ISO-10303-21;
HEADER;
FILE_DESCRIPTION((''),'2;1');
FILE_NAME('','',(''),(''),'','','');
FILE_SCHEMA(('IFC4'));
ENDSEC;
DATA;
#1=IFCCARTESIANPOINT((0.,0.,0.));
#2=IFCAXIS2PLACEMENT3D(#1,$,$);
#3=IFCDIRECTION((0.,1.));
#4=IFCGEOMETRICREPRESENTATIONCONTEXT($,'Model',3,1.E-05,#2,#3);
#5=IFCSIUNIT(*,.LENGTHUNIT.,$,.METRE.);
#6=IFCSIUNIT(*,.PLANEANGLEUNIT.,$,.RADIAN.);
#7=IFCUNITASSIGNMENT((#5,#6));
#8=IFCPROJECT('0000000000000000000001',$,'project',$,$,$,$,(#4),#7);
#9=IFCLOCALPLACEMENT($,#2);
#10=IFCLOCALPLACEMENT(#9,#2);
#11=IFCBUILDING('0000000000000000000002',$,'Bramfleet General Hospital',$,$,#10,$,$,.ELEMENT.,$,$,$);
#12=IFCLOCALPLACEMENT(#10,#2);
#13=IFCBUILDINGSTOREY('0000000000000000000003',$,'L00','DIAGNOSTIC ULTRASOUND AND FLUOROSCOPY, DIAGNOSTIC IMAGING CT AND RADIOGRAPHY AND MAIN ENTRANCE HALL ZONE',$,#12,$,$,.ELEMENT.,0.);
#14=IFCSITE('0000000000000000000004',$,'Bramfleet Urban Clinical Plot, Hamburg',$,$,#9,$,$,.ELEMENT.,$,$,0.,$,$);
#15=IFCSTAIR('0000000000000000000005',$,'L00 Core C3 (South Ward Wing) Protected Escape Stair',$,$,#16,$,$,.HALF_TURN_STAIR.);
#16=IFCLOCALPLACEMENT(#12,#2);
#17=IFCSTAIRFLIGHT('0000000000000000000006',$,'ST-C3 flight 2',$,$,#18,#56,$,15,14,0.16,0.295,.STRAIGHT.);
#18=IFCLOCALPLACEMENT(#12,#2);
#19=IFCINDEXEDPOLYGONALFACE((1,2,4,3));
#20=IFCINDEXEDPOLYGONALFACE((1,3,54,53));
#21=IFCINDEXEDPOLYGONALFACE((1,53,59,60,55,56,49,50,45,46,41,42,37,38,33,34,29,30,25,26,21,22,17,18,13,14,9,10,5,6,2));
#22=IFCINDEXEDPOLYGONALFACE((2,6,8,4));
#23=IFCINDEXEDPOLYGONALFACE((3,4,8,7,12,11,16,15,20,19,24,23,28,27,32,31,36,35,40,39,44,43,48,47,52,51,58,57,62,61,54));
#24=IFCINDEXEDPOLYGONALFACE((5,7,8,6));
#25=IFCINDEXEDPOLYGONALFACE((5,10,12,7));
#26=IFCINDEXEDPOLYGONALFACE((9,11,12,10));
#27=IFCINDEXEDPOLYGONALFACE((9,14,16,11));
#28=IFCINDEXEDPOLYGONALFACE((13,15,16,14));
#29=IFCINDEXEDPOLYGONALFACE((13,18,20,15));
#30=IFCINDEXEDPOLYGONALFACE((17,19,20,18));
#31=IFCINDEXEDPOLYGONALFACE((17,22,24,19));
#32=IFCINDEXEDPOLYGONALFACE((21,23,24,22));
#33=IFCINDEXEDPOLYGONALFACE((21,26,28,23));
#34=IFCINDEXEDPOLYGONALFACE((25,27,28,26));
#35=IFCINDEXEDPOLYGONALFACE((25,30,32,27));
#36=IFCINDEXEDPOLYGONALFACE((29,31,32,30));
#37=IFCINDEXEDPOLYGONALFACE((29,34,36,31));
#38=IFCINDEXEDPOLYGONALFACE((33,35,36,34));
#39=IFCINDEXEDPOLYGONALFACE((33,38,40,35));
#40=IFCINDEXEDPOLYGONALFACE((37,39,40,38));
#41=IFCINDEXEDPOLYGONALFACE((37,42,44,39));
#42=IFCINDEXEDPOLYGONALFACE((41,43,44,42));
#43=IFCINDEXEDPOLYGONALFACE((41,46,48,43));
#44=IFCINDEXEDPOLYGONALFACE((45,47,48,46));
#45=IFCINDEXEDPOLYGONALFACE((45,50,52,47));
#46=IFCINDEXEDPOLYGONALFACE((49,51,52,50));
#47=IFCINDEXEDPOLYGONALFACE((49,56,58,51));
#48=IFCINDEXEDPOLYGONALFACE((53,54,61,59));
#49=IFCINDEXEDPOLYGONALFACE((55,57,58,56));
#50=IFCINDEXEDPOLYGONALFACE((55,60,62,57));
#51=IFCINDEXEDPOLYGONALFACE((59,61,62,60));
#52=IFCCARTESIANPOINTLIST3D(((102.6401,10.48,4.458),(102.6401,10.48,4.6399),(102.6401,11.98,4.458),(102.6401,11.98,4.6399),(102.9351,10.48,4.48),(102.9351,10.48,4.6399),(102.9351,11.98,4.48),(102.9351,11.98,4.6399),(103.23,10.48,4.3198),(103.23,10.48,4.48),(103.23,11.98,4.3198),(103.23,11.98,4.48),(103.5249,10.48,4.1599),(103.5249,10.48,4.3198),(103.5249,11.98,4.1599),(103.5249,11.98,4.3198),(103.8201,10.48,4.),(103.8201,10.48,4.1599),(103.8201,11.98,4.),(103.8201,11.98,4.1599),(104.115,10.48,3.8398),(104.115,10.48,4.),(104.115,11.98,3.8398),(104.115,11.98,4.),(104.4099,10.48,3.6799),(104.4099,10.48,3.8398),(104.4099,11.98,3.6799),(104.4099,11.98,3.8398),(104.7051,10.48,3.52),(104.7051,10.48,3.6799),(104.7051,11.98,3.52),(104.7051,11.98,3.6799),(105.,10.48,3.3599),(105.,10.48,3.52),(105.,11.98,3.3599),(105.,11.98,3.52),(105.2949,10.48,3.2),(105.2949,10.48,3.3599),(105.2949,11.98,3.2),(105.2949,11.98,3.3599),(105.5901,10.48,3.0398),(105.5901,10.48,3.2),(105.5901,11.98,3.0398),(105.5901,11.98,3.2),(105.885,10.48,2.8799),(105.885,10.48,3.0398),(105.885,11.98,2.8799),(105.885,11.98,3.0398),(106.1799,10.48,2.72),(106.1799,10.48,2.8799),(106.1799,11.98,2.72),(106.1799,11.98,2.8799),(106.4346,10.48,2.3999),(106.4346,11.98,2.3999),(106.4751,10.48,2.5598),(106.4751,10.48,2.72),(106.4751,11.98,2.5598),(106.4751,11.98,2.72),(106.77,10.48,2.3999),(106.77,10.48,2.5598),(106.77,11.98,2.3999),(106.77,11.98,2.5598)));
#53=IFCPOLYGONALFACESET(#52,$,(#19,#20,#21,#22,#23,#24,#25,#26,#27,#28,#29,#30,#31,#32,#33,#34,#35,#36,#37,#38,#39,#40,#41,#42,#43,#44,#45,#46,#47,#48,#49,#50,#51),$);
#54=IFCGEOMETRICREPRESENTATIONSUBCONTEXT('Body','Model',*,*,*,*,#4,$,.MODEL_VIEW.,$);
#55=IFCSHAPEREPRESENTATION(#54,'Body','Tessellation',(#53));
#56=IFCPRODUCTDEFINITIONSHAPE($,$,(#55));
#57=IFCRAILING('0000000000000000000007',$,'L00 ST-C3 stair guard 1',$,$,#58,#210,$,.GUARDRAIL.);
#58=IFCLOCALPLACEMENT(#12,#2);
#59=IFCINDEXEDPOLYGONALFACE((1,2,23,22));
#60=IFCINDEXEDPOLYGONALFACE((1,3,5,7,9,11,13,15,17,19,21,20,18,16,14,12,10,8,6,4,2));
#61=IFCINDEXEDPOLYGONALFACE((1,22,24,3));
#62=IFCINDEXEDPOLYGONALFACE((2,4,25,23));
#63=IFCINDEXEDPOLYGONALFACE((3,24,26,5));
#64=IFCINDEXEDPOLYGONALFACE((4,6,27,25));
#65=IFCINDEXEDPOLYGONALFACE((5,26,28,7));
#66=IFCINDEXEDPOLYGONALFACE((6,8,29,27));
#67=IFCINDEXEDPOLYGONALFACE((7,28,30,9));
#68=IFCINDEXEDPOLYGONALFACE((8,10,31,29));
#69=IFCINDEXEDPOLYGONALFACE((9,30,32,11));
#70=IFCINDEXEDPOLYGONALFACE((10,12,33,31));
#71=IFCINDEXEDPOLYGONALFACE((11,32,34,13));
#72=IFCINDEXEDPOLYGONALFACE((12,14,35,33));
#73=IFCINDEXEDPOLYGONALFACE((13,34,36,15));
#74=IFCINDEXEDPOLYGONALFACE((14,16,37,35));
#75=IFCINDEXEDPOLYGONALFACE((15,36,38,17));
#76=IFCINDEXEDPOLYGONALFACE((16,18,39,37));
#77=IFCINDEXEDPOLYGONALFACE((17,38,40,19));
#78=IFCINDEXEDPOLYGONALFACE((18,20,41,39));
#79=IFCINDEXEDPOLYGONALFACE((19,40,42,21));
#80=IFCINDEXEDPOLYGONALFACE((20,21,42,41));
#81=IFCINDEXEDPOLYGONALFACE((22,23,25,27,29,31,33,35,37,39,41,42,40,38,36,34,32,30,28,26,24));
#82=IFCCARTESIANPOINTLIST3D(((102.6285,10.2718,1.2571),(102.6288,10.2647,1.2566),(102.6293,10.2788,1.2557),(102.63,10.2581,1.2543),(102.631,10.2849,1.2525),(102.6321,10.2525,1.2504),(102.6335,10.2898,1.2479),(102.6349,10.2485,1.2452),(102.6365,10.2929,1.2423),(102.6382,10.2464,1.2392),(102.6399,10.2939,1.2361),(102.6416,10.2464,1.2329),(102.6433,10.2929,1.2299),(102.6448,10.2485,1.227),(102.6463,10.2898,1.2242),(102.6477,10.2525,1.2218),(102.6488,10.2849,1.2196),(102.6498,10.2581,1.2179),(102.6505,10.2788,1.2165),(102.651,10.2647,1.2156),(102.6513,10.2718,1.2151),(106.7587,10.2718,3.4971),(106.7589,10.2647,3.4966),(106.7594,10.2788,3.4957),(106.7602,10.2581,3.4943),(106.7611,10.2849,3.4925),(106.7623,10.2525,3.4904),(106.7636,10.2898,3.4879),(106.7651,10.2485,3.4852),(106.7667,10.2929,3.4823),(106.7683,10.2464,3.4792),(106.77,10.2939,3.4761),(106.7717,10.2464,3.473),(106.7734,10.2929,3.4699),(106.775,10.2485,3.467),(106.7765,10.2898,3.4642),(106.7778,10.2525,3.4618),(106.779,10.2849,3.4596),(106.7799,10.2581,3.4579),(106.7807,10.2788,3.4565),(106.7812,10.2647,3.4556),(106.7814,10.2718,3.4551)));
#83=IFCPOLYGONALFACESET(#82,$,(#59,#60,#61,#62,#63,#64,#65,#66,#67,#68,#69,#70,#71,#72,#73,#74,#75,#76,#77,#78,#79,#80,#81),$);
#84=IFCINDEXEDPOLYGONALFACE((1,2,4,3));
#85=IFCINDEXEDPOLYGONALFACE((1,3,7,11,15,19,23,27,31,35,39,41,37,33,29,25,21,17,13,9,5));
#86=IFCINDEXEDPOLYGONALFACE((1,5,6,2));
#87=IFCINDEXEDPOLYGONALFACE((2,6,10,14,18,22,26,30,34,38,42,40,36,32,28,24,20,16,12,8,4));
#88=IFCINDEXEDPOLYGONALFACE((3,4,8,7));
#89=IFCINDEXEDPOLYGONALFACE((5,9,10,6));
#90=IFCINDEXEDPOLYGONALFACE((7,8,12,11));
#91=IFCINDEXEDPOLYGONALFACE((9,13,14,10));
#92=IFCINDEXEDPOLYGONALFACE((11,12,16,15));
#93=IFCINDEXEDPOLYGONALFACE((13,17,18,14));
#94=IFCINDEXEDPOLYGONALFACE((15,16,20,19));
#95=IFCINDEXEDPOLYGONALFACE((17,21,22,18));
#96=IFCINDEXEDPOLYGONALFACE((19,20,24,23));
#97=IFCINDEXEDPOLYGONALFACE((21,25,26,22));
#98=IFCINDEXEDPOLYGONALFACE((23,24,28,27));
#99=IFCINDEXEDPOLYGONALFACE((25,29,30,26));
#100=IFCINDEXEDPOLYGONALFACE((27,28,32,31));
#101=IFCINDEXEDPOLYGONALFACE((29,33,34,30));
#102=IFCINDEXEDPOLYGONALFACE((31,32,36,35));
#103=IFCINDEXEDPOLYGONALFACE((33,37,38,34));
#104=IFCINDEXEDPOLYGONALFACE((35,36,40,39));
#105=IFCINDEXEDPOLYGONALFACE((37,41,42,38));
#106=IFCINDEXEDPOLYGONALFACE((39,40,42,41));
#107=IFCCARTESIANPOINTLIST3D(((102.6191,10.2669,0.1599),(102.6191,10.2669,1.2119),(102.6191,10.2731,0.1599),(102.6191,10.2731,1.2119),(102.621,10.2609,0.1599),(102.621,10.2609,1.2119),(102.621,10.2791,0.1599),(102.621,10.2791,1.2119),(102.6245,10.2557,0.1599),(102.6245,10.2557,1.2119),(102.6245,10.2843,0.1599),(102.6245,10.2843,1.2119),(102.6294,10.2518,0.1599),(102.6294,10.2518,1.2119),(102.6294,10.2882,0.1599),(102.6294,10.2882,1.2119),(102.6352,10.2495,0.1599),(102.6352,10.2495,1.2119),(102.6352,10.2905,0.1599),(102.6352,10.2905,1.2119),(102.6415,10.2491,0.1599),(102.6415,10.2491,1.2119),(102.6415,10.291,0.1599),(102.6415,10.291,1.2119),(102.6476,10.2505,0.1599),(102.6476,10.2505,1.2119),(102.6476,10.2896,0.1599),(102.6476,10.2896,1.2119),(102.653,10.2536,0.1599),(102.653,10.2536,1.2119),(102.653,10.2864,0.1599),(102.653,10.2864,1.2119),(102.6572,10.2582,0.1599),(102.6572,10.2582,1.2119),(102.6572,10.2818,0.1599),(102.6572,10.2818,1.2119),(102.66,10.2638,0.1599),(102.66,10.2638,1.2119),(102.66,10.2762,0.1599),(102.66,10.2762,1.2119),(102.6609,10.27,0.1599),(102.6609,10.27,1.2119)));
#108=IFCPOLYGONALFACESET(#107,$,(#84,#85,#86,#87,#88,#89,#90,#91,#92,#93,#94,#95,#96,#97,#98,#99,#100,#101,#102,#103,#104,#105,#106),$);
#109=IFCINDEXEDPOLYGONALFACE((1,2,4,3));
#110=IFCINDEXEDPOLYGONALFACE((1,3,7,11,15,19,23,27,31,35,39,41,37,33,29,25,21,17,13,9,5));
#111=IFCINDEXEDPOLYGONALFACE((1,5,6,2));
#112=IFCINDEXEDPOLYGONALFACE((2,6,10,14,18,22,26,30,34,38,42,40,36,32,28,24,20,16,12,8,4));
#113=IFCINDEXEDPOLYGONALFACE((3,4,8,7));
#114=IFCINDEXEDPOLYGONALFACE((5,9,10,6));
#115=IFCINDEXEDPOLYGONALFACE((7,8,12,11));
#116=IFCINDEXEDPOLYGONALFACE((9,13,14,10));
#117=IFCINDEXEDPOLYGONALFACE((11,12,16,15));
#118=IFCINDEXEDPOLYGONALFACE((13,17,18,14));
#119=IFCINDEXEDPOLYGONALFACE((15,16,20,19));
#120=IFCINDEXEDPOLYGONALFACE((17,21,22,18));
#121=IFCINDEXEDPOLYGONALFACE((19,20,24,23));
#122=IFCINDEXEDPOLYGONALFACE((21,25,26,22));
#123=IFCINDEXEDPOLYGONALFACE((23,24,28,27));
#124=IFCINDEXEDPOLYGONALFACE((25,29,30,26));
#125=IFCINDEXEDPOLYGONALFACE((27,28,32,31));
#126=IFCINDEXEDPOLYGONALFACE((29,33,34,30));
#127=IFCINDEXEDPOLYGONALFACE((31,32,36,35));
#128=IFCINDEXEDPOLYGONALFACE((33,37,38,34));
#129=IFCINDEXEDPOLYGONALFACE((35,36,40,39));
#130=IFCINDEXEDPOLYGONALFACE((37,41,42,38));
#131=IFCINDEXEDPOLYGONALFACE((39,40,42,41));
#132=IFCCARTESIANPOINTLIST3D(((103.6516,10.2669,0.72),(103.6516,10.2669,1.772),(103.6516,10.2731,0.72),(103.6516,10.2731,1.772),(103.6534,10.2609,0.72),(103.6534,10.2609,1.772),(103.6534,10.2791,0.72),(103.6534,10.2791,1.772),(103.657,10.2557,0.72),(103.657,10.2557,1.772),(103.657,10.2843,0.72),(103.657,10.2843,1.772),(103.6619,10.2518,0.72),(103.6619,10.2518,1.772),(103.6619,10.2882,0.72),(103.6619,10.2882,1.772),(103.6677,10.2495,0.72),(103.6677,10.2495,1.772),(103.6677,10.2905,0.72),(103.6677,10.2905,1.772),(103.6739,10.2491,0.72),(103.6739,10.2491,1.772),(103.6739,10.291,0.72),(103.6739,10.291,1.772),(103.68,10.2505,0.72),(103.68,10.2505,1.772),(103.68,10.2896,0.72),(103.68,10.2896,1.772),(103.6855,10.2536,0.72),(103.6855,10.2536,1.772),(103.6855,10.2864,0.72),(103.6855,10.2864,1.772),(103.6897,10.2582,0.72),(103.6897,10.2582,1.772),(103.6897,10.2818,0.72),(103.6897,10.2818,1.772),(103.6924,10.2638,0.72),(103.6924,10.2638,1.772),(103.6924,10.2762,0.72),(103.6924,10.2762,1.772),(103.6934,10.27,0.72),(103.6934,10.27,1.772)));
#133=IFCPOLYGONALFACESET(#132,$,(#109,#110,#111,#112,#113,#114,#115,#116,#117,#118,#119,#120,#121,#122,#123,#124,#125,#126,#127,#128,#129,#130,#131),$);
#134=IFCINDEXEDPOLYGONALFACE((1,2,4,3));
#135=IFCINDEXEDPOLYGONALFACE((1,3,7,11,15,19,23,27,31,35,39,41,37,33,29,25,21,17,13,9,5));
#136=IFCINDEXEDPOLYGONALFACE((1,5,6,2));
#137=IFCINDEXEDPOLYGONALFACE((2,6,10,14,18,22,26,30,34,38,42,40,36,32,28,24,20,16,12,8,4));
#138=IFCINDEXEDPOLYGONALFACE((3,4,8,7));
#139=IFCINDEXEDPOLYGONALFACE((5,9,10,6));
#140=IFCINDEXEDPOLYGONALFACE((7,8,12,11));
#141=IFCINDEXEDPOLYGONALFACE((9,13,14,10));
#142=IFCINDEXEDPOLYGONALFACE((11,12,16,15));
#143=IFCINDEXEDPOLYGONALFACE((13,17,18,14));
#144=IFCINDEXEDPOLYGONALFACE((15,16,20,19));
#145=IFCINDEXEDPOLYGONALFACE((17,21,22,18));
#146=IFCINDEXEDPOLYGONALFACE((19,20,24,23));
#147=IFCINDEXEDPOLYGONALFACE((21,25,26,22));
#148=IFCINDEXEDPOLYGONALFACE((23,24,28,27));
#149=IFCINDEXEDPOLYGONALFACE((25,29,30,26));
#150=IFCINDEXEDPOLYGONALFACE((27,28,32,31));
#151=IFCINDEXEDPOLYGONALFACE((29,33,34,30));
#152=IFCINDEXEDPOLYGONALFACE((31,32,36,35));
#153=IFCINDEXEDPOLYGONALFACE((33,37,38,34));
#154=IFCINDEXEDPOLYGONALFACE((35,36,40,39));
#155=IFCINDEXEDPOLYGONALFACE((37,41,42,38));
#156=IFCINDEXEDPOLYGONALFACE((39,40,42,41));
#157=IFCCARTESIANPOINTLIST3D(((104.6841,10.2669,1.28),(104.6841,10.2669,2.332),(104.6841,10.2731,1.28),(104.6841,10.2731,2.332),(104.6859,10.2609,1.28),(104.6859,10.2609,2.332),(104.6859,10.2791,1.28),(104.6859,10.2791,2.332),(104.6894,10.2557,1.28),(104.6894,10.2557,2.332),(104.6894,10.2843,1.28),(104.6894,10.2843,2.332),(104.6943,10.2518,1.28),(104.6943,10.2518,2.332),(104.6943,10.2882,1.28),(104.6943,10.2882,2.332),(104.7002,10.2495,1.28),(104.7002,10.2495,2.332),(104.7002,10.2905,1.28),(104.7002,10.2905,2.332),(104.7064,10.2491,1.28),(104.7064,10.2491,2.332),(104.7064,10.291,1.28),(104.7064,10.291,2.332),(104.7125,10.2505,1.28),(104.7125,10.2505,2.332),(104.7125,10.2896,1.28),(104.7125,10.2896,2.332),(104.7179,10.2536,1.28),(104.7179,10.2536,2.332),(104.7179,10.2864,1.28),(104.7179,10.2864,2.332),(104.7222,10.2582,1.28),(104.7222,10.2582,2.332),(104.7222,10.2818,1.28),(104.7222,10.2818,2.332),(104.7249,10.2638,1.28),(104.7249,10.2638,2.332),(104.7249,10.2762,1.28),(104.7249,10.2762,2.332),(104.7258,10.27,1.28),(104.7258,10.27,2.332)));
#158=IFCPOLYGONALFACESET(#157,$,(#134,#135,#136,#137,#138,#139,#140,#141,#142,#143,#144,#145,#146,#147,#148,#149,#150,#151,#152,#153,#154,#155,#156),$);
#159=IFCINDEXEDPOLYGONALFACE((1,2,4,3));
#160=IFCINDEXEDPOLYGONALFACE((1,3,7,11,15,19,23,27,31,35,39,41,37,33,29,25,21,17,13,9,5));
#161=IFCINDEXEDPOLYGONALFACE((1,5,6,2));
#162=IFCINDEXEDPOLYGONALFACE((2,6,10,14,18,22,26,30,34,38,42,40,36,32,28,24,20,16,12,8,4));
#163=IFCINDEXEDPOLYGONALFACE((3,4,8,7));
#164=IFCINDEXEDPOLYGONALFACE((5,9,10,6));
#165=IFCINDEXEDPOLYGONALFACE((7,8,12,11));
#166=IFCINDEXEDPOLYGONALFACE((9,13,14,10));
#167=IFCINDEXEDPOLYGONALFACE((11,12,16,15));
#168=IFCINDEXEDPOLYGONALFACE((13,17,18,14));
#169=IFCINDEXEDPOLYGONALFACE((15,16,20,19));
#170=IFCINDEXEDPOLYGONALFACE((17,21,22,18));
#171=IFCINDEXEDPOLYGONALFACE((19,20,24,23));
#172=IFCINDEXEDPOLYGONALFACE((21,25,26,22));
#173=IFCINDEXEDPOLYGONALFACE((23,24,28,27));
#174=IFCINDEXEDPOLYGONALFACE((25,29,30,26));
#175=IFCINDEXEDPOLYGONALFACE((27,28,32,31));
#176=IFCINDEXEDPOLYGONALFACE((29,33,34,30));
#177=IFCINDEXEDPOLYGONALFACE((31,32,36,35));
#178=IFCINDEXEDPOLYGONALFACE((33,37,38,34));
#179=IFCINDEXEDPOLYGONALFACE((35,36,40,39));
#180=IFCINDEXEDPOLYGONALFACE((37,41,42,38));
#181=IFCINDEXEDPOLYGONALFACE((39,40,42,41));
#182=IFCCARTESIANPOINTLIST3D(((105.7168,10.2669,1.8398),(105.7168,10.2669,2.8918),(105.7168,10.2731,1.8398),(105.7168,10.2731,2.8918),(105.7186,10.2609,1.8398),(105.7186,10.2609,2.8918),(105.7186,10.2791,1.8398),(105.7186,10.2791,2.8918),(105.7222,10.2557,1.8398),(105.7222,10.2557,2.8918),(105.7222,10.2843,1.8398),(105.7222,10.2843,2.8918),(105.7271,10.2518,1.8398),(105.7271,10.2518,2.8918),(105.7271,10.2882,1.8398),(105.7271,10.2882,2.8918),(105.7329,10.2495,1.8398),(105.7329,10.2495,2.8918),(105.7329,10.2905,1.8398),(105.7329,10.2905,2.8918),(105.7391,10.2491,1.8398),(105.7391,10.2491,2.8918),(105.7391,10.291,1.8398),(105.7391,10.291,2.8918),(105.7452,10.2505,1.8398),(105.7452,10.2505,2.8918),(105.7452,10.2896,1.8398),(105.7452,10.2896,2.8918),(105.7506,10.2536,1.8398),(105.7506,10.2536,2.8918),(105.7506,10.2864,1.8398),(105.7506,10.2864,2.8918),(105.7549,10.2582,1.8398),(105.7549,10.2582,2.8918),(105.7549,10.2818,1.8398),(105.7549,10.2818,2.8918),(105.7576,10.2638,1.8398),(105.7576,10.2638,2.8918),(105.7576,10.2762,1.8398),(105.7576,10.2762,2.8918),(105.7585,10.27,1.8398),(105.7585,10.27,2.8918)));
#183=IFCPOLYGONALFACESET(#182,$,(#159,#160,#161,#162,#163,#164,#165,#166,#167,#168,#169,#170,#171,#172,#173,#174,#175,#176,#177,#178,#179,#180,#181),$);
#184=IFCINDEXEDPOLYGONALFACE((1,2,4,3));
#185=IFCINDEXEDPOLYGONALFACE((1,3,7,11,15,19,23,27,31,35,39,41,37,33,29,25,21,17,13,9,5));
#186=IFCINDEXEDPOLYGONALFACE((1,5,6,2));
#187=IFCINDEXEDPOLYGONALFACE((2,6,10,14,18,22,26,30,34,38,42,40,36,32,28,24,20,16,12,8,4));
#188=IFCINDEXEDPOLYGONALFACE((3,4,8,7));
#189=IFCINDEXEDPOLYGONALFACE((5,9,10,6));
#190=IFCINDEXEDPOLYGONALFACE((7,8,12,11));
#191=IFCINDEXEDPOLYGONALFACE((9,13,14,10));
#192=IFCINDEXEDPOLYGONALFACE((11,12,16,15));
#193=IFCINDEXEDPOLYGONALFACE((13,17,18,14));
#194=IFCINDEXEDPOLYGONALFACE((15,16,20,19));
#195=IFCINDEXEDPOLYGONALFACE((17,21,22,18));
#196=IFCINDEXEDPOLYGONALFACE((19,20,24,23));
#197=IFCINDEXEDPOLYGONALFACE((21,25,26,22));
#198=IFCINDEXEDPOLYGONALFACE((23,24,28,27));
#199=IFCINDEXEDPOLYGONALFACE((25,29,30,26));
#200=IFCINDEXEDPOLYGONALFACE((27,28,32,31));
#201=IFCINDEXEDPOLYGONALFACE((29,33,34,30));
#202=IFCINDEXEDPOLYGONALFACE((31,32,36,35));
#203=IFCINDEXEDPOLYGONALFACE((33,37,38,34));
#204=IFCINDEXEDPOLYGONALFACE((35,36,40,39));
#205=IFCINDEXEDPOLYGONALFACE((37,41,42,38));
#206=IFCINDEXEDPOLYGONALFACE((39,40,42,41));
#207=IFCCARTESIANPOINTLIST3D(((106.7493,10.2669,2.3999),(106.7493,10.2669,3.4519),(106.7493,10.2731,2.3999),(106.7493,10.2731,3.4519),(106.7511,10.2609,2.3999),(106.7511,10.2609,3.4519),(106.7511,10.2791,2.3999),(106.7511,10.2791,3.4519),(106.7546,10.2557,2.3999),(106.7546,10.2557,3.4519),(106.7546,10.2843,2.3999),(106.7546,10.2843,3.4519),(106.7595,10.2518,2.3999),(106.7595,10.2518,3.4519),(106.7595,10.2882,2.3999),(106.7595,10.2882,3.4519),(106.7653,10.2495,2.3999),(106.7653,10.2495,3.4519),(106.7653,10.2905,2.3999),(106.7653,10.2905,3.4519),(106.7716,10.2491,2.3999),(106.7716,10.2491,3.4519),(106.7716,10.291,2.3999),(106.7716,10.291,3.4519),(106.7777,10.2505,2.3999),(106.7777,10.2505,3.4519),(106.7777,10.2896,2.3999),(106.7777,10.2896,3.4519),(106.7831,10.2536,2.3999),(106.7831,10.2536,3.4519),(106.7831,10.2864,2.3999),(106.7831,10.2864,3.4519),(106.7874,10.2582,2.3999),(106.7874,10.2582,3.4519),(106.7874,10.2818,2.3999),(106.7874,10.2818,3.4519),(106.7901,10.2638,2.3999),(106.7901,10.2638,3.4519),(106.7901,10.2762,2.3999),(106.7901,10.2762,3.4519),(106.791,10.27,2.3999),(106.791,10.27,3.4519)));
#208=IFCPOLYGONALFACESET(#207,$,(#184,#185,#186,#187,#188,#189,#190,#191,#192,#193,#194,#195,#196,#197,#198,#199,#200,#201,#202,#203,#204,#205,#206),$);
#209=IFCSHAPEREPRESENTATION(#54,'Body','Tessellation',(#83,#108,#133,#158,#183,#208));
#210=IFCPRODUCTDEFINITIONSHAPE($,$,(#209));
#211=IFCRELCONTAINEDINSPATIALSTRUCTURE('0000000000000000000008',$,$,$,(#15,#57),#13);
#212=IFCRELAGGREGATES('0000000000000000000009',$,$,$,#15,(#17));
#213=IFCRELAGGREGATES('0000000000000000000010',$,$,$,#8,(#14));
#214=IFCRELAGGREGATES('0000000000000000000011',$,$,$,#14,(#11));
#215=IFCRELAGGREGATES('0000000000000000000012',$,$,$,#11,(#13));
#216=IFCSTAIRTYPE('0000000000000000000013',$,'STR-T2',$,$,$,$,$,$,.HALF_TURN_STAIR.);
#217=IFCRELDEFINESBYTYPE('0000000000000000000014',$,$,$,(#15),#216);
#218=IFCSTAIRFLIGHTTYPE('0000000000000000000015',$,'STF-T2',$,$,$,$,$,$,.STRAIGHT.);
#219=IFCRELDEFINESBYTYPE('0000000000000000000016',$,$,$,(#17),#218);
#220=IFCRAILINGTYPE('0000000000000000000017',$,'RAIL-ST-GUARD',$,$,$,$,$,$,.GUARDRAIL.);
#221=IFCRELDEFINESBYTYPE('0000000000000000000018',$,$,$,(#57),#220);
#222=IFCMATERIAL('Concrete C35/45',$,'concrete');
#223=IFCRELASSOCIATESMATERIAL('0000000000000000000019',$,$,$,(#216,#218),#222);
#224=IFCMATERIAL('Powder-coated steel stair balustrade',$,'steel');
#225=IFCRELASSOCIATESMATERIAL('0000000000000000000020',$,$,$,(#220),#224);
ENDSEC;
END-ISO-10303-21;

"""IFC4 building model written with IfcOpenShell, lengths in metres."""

from ifc_helpers import new_model, si_unit, direction, frame, origin, origin_2d, place, context, subcontext, project, spatial, polyline, circle, outline, extrude, material, type_object, element, aggregate, save


model = new_model("IFC4")

# Units and contexts
model_context = context("Model", 3, precision=1e-05, world=origin(), true_north=direction((0.0, 1.0)))
body_context = subcontext(model_context, "Body", "Model", "MODEL_VIEW")
ifc_project = project(units=[si_unit("LENGTHUNIT", "METRE"), si_unit("PLANEANGLEUNIT", "RADIAN")], contexts=[model_context])

# Site, building, storey
site_placement = place(None, origin())
site = spatial("IfcSite", under=ifc_project, at=site_placement, Name="Bramfleet Urban Clinical Plot, Hamburg", CompositionType="ELEMENT", RefElevation=0.0)
building_placement = place(site_placement, origin())
building = spatial("IfcBuilding", under=site, at=building_placement, Name="Bramfleet General Hospital", CompositionType="ELEMENT")
storey_placement = place(building_placement, origin())
storey = spatial("IfcBuildingStorey", under=building, at=storey_placement, Name="L00", Description="DIAGNOSTIC ULTRASOUND AND FLUOROSCOPY, DIAGNOSTIC IMAGING CT AND RADIOGRAPHY AND MAIN ENTRANCE HALL ZONE", CompositionType="ELEMENT", Elevation=0.0)

# Shared definitions
ifc_material_1 = material(Name="Concrete C35/45", Category="concrete")

# Stair, stair flight
stair_type = type_object("IfcStairType", Name="STR-T2", PredefinedType="HALF_TURN_STAIR", material=ifc_material_1)
stair_placement = place(storey_placement, origin())
stair = element("IfcStair", 1, at=stair_placement, inside=storey, type_object=stair_type, Name="L00 Core C3 (South Ward Wing) Protected Escape Stair", PredefinedType="HALF_TURN_STAIR")
stair_flight_type = type_object("IfcStairFlightType", Name="STF-T2", PredefinedType="STRAIGHT", material=ifc_material_1)
stair_flight_1_placement = place(storey_placement, frame((106.77, 11.23, 2.3999), z_axis=(0.0, 0.0, 1.0), x_axis=(-1.0, 0.0, 0.0)))
stair_flight_1 = element("IfcStairFlight", 2, at=stair_flight_1_placement, type_object=stair_flight_type, Name="ST-C3 flight 2", NumberOfRisers=15, NumberOfTreads=14, PredefinedType="STRAIGHT", RiserHeight=0.16, TreadLength=0.295, context=body_context, shape_type="SweptSolid", body=[
    extrude(outline(polyline([(0.0, 0.0), (0.0, 0.1599), (0.2949, 0.1599), (0.2949, 0.3201), (0.5901, 0.3201), (0.5901, 0.48), (0.885, 0.48), (0.885, 0.6399), (1.1799, 0.6399), (1.1799, 0.8), (1.4751, 0.8), (1.4751, 0.96), (1.77, 0.96), (1.77, 1.1201), (2.0649, 1.1201), (2.0649, 1.28), (2.3601, 1.28), (2.3601, 1.4399), (2.655, 1.4399), (2.655, 1.6001), (2.95, 1.6001), (2.95, 1.76), (3.2451, 1.76), (3.2451, 1.9199), (3.54, 1.9199), (3.54, 2.0801), (3.835, 2.0801), (3.835, 2.24), (4.1299, 2.24), (4.1299, 2.3999), (4.1299, 2.0581), (0.3354, 0.0), (0.0, 0.0)])), frame((0.0, 0.75, 0.0), z_axis=(0.0, -1.0, 0.0), x_axis=(1.0, 0.0, 0.0)), (0.0, 0.0, 1.0), 1.5),
])
aggregate(stair, [stair_flight_1])

# Railing
ifc_material_2 = material(Name="Powder-coated steel stair balustrade", Category="steel")
railing_type_1 = type_object("IfcRailingType", Name="RAIL-ST-GUARD", PredefinedType="GUARDRAIL", material=ifc_material_2)
railing_1_placement = place(storey_placement, frame((102.6399, 10.27, 0.1599)))
element("IfcRailing", 3, at=railing_1_placement, inside=storey, type_object=railing_type_1, Name="L00 ST-C3 stair guard 1", PredefinedType="GUARDRAIL", context=body_context, shape_type="SweptSolid", body=[
    extrude(circle(Radius=0.0239, at=origin_2d()), frame((0.0, 0.0, 1.0762), z_axis=(0.879039, 0.0, 0.47675), x_axis=(0.0, 1.0, 0.0)), (0.0, 0.0, 1.0), 4.6985),
    extrude(circle(Radius=0.021, at=origin_2d()), origin(), (0.0, 0.0, 1.0), 1.052),
    extrude(circle(Radius=0.021, at=origin_2d()), frame((1.0325, 0.0, 0.5601)), (0.0, 0.0, 1.0), 1.052),
    extrude(circle(Radius=0.021, at=origin_2d()), frame((2.0649, 0.0, 1.1201)), (0.0, 0.0, 1.0), 1.052),
    extrude(circle(Radius=0.021, at=origin_2d()), frame((3.0977, 0.0, 1.6799)), (0.0, 0.0, 1.0), 1.052),
    extrude(circle(Radius=0.021, at=origin_2d()), frame((4.1301, 0.0, 2.24)), (0.0, 0.0, 1.0), 1.052),
])

save(model, "model.ifc")
